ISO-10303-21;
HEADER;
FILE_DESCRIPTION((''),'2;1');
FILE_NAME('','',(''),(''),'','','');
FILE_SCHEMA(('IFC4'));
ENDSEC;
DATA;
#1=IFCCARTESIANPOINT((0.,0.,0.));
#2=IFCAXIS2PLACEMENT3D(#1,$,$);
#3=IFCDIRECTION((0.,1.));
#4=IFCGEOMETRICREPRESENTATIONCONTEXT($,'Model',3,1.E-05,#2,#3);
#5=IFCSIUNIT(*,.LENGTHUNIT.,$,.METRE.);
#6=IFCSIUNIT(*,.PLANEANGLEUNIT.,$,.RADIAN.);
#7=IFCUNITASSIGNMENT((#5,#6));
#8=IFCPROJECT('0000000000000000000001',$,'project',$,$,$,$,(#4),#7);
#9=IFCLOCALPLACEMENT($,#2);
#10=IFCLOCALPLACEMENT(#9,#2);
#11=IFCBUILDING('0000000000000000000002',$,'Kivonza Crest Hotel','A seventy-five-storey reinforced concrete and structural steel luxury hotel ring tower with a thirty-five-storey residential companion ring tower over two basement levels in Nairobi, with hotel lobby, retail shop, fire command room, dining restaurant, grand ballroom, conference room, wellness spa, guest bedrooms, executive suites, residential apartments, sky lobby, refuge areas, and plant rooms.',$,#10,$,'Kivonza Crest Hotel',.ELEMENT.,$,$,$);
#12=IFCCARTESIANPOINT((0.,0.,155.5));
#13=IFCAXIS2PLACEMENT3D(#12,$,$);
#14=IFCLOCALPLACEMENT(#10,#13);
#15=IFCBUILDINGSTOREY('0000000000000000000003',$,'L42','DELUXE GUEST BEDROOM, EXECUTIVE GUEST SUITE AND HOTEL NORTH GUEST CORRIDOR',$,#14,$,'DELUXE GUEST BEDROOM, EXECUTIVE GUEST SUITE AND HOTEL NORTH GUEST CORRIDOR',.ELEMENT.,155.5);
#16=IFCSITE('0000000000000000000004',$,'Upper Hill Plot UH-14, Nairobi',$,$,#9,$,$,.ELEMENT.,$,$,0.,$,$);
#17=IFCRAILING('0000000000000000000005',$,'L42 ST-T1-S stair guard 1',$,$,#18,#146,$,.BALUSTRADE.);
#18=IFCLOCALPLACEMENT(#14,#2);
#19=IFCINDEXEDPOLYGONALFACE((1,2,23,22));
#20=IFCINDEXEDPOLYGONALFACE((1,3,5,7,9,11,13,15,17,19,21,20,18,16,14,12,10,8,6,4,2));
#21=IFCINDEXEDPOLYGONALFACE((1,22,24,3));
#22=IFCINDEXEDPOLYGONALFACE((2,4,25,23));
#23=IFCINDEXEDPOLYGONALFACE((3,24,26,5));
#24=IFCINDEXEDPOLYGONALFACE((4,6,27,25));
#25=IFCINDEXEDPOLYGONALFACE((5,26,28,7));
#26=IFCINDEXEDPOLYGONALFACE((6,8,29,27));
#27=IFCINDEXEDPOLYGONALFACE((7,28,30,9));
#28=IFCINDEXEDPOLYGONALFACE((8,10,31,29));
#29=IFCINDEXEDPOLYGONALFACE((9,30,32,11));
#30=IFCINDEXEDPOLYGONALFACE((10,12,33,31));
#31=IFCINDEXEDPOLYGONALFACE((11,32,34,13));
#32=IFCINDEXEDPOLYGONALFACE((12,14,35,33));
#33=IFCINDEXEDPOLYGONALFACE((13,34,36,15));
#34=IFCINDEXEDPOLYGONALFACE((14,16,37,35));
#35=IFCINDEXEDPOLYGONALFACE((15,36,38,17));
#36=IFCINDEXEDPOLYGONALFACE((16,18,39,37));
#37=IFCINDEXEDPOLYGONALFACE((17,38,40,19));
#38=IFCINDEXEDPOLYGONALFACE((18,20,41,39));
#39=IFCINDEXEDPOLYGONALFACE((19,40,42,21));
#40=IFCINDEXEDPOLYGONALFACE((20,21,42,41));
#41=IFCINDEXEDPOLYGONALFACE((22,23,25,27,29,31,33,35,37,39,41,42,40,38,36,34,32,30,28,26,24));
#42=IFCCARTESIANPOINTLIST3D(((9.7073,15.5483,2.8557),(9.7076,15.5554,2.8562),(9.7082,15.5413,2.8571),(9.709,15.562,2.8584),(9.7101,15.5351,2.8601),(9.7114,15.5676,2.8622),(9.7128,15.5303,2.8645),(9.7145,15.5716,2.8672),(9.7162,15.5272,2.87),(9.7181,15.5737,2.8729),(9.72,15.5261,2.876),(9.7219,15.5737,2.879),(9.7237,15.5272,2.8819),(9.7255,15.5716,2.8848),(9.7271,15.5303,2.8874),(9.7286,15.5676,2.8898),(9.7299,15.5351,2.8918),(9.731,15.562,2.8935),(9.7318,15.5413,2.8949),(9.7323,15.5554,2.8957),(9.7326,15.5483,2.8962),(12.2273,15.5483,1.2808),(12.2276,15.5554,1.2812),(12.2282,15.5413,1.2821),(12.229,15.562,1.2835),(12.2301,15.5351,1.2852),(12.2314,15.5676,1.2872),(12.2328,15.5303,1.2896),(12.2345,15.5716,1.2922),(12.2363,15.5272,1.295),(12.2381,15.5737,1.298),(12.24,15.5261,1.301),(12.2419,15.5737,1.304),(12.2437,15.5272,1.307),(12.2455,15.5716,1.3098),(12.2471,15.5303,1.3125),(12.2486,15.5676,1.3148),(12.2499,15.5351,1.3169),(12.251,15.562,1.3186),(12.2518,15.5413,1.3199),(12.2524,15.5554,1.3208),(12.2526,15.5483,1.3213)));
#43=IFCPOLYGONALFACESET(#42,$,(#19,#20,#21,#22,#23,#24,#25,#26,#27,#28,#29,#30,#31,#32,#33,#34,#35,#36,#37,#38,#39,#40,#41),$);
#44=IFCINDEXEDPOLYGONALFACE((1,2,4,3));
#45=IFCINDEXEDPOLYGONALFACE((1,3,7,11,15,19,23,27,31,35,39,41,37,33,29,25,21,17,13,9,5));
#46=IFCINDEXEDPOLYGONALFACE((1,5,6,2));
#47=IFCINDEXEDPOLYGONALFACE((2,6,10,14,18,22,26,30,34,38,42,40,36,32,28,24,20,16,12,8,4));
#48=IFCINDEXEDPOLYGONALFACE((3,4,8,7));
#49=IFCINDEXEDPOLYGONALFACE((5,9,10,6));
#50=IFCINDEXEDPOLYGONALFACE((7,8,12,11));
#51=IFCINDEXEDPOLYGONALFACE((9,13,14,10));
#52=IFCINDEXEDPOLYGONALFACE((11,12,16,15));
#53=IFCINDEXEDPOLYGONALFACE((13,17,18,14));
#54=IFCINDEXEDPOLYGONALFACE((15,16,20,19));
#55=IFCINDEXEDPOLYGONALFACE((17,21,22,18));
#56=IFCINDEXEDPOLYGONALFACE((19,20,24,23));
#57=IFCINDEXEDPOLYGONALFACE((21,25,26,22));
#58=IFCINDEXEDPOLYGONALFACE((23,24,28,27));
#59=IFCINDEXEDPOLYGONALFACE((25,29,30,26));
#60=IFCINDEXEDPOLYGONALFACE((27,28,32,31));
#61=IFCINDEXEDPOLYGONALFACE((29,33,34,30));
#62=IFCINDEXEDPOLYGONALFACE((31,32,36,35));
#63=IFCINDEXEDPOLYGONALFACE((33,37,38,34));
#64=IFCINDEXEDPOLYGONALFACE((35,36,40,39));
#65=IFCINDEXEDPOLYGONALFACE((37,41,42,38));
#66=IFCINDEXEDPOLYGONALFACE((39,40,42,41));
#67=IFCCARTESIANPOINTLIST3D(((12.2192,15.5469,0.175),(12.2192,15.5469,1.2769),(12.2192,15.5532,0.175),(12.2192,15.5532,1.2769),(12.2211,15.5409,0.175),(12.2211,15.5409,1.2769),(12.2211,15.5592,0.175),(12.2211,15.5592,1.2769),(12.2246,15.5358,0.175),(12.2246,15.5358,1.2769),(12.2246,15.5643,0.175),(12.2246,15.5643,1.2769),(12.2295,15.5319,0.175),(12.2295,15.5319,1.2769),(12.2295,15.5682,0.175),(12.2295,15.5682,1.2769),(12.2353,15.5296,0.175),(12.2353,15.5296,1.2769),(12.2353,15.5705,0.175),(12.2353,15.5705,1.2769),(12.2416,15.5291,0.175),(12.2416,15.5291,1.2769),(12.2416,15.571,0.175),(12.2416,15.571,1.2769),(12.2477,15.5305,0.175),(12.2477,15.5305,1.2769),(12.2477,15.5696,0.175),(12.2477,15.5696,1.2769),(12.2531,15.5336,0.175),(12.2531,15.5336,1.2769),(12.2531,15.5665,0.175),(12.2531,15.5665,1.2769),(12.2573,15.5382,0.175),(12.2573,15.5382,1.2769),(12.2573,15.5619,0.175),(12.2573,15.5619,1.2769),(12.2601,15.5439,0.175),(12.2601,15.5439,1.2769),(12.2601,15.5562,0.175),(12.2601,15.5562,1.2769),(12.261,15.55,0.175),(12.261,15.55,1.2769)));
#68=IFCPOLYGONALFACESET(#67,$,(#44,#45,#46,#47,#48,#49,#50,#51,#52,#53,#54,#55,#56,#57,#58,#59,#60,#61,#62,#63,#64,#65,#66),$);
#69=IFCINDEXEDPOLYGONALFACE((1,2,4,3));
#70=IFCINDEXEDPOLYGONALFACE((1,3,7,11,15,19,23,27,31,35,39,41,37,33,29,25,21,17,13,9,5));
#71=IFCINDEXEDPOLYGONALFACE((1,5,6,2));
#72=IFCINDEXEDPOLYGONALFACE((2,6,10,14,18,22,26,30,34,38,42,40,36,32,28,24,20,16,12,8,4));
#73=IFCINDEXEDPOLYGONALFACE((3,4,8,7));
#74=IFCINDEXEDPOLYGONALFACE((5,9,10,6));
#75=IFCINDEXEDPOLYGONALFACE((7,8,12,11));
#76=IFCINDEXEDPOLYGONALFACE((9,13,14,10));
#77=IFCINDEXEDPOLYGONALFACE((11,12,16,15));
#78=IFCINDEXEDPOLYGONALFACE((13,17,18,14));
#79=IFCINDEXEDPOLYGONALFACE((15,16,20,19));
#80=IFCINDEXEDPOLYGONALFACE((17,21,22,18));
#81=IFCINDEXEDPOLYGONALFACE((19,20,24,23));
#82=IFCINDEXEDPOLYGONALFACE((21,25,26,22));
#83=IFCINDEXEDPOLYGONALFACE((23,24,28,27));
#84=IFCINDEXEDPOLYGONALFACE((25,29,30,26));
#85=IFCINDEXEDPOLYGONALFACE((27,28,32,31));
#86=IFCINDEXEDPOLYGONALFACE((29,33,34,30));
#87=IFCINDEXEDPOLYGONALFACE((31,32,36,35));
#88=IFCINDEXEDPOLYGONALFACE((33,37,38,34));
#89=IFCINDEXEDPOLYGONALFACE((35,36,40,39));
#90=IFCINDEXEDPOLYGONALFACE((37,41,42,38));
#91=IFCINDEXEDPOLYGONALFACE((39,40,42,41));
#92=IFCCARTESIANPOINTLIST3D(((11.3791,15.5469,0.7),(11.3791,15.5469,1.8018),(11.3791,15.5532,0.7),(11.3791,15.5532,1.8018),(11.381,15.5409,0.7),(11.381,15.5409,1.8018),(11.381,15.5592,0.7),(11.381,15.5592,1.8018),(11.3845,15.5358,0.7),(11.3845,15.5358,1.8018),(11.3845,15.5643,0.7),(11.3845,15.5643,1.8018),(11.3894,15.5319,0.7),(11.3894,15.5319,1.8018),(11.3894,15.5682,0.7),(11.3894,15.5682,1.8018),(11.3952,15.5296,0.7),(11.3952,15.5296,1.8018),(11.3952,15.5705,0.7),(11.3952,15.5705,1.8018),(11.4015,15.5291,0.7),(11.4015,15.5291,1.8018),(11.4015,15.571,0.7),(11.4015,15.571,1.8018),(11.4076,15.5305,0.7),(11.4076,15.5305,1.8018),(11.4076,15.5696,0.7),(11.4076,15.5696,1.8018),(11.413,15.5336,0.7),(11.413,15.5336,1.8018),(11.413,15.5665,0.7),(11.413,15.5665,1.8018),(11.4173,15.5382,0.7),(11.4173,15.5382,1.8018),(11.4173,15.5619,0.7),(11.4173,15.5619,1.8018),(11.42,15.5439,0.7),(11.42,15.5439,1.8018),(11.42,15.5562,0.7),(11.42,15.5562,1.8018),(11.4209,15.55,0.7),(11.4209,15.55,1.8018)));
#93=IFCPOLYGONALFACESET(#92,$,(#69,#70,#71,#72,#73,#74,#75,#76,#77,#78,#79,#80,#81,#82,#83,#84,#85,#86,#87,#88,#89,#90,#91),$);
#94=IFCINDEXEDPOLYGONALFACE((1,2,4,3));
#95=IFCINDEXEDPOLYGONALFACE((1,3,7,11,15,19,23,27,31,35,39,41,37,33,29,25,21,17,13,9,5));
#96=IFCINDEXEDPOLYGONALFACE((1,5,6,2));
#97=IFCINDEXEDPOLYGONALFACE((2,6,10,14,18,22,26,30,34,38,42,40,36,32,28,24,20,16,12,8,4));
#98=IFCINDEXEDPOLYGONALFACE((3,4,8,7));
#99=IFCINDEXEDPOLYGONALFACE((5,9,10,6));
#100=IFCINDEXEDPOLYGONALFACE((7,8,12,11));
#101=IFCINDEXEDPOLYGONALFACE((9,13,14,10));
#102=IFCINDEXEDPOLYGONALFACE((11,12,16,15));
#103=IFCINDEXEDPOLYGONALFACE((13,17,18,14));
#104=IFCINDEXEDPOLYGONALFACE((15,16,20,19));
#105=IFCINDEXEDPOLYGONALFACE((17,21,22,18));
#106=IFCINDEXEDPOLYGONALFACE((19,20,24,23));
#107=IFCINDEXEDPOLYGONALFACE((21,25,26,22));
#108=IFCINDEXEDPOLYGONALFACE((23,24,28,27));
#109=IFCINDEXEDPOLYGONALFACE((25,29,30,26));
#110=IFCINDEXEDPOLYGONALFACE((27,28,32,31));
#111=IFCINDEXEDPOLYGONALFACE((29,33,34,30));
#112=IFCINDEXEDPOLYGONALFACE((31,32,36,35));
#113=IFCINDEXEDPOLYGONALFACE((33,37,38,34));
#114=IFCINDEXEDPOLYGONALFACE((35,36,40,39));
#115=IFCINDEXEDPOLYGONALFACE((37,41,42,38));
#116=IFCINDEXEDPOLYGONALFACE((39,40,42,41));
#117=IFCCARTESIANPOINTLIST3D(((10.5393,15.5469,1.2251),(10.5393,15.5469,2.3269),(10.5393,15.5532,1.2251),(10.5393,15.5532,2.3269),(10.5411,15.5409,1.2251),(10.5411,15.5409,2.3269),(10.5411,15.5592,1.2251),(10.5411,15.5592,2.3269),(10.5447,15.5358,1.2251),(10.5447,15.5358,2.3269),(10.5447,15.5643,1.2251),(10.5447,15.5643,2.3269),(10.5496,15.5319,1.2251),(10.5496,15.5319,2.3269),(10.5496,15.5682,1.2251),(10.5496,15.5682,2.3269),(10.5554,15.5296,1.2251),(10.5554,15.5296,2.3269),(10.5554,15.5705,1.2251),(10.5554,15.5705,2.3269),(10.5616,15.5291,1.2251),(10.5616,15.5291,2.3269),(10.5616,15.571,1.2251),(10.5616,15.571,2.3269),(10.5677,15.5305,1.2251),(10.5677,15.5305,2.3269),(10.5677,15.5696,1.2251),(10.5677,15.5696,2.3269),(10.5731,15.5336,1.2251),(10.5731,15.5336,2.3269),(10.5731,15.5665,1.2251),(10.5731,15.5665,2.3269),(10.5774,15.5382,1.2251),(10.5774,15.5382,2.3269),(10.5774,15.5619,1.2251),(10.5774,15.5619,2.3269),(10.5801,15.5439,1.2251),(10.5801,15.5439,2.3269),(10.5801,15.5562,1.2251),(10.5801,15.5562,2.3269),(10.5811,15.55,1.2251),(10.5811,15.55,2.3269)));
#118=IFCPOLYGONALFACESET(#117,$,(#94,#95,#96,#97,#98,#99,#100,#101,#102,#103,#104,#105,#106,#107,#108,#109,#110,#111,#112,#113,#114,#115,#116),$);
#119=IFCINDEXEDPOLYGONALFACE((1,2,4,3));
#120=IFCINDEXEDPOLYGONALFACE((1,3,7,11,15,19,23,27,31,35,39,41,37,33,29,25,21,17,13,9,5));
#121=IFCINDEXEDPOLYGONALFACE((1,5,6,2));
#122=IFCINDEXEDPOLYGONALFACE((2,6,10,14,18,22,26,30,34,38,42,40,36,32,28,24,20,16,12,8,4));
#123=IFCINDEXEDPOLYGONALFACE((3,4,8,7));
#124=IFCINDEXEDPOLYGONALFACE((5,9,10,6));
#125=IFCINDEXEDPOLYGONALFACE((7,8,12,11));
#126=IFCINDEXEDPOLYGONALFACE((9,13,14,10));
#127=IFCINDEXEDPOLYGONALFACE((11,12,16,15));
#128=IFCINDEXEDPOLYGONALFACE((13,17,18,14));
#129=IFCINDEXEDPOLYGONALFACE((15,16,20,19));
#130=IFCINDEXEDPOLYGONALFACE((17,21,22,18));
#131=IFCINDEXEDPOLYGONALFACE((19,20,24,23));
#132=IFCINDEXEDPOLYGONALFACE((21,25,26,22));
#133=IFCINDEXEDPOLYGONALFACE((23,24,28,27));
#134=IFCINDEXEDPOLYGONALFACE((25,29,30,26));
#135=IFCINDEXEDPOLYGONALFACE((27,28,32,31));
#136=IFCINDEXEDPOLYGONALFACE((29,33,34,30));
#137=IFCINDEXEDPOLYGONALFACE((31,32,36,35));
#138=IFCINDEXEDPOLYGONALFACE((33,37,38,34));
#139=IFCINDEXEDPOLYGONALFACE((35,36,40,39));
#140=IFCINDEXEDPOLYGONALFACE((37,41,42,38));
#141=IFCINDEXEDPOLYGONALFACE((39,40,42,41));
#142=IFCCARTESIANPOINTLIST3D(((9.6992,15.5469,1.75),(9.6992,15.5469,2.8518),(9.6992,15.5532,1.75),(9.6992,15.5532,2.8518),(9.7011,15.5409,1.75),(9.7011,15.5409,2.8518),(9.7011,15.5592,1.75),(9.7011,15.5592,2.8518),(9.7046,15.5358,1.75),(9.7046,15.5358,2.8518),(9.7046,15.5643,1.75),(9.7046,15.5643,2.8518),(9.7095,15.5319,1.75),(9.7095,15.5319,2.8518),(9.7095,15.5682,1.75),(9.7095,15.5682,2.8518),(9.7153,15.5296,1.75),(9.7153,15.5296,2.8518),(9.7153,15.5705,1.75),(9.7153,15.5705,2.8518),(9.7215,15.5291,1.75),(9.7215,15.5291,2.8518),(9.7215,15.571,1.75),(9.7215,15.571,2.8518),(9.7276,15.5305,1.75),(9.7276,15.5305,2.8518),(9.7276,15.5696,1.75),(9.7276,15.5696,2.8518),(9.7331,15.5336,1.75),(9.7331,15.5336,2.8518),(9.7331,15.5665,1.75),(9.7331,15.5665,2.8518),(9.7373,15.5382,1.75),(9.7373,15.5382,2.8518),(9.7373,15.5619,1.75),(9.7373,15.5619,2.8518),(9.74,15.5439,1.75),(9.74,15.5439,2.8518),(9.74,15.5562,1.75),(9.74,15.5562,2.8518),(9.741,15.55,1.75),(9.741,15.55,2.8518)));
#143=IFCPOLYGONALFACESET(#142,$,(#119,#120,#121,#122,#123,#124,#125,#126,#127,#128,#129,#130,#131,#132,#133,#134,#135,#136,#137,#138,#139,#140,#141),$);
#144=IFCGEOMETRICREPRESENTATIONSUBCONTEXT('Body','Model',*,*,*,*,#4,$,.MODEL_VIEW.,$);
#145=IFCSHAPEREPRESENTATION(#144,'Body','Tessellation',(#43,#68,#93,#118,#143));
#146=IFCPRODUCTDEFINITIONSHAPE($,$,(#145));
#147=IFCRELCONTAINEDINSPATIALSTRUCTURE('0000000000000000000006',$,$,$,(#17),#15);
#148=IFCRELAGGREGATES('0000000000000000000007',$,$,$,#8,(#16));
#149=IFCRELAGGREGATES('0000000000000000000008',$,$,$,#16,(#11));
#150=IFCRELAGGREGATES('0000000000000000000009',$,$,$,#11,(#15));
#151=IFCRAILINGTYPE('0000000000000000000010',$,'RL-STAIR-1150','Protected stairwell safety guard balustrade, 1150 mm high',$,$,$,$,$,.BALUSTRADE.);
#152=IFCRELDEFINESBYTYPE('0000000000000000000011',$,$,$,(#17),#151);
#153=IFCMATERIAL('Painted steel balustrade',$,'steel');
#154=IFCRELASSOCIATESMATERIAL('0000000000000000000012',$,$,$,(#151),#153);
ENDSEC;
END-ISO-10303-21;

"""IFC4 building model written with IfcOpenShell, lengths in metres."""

from ifc_helpers import new_model, si_unit, direction, frame, origin, origin_2d, place, context, subcontext, project, spatial, circle, extrude, material, type_object, element, save


model = new_model("IFC4")

# Units and contexts
model_context = context("Model", 3, precision=1e-05, world=origin(), true_north=direction((0.0, 1.0)))
body_context = subcontext(model_context, "Body", "Model", "MODEL_VIEW")
ifc_project = project(units=[si_unit("LENGTHUNIT", "METRE"), si_unit("PLANEANGLEUNIT", "RADIAN")], contexts=[model_context])

# Site, building, storey
site_placement = place(None, origin())
site = spatial("IfcSite", under=ifc_project, at=site_placement, Name="Upper Hill Plot UH-14, Nairobi", CompositionType="ELEMENT", RefElevation=0.0)
building_placement = place(site_placement, origin())
building = spatial("IfcBuilding", under=site, at=building_placement, Name="Kivonza Crest Hotel", Description="A seventy-five-storey reinforced concrete and structural steel luxury hotel ring tower with a thirty-five-storey residential companion ring tower over two basement levels in Nairobi, with hotel lobby, retail shop, fire command room, dining restaurant, grand ballroom, conference room, wellness spa, guest bedrooms, executive suites, residential apartments, sky lobby, refuge areas, and plant rooms.", LongName="Kivonza Crest Hotel", CompositionType="ELEMENT")
storey_placement = place(building_placement, frame((0.0, 0.0, 155.5)))
storey = spatial("IfcBuildingStorey", under=building, at=storey_placement, Name="L42", Description="DELUXE GUEST BEDROOM, EXECUTIVE GUEST SUITE AND HOTEL NORTH GUEST CORRIDOR", LongName="DELUXE GUEST BEDROOM, EXECUTIVE GUEST SUITE AND HOTEL NORTH GUEST CORRIDOR", CompositionType="ELEMENT", Elevation=155.5)

# Railing
ifc_material_1 = material(Name="Painted steel balustrade", Category="steel")
railing_type_1 = type_object("IfcRailingType", Name="RL-STAIR-1150", Description="Protected stairwell safety guard balustrade, 1150 mm high", PredefinedType="BALUSTRADE", material=ifc_material_1)
railing_1_placement = place(storey_placement, frame((12.24, 15.55, 0.175)))
element("IfcRailing", 1, at=railing_1_placement, inside=storey, type_object=railing_type_1, Name="L42 ST-T1-S stair guard 1", PredefinedType="BALUSTRADE", context=body_context, shape_type="SweptSolid", body=[
    extrude(circle(Radius=0.0239, at=origin_2d()), frame((0.0, 0.0, 1.126), z_axis=(-0.848008, 0.0, 0.529984), x_axis=(0.0, -1.0, 0.0)), (0.0, 0.0, 1.0), 2.9717),
    extrude(circle(Radius=0.021, at=origin_2d()), origin(), (0.0, 0.0, 1.0), 1.1018),
    extrude(circle(Radius=0.021, at=origin_2d()), frame((-0.8401, 0.0, 0.5249)), (0.0, 0.0, 1.0), 1.1018),
    extrude(circle(Radius=0.021, at=origin_2d()), frame((-1.6799, 0.0, 1.05)), (0.0, 0.0, 1.0), 1.1018),
    extrude(circle(Radius=0.021, at=origin_2d()), frame((-2.52, 0.0, 1.575)), (0.0, 0.0, 1.0), 1.1018),
])

save(model, "model.ifc")
